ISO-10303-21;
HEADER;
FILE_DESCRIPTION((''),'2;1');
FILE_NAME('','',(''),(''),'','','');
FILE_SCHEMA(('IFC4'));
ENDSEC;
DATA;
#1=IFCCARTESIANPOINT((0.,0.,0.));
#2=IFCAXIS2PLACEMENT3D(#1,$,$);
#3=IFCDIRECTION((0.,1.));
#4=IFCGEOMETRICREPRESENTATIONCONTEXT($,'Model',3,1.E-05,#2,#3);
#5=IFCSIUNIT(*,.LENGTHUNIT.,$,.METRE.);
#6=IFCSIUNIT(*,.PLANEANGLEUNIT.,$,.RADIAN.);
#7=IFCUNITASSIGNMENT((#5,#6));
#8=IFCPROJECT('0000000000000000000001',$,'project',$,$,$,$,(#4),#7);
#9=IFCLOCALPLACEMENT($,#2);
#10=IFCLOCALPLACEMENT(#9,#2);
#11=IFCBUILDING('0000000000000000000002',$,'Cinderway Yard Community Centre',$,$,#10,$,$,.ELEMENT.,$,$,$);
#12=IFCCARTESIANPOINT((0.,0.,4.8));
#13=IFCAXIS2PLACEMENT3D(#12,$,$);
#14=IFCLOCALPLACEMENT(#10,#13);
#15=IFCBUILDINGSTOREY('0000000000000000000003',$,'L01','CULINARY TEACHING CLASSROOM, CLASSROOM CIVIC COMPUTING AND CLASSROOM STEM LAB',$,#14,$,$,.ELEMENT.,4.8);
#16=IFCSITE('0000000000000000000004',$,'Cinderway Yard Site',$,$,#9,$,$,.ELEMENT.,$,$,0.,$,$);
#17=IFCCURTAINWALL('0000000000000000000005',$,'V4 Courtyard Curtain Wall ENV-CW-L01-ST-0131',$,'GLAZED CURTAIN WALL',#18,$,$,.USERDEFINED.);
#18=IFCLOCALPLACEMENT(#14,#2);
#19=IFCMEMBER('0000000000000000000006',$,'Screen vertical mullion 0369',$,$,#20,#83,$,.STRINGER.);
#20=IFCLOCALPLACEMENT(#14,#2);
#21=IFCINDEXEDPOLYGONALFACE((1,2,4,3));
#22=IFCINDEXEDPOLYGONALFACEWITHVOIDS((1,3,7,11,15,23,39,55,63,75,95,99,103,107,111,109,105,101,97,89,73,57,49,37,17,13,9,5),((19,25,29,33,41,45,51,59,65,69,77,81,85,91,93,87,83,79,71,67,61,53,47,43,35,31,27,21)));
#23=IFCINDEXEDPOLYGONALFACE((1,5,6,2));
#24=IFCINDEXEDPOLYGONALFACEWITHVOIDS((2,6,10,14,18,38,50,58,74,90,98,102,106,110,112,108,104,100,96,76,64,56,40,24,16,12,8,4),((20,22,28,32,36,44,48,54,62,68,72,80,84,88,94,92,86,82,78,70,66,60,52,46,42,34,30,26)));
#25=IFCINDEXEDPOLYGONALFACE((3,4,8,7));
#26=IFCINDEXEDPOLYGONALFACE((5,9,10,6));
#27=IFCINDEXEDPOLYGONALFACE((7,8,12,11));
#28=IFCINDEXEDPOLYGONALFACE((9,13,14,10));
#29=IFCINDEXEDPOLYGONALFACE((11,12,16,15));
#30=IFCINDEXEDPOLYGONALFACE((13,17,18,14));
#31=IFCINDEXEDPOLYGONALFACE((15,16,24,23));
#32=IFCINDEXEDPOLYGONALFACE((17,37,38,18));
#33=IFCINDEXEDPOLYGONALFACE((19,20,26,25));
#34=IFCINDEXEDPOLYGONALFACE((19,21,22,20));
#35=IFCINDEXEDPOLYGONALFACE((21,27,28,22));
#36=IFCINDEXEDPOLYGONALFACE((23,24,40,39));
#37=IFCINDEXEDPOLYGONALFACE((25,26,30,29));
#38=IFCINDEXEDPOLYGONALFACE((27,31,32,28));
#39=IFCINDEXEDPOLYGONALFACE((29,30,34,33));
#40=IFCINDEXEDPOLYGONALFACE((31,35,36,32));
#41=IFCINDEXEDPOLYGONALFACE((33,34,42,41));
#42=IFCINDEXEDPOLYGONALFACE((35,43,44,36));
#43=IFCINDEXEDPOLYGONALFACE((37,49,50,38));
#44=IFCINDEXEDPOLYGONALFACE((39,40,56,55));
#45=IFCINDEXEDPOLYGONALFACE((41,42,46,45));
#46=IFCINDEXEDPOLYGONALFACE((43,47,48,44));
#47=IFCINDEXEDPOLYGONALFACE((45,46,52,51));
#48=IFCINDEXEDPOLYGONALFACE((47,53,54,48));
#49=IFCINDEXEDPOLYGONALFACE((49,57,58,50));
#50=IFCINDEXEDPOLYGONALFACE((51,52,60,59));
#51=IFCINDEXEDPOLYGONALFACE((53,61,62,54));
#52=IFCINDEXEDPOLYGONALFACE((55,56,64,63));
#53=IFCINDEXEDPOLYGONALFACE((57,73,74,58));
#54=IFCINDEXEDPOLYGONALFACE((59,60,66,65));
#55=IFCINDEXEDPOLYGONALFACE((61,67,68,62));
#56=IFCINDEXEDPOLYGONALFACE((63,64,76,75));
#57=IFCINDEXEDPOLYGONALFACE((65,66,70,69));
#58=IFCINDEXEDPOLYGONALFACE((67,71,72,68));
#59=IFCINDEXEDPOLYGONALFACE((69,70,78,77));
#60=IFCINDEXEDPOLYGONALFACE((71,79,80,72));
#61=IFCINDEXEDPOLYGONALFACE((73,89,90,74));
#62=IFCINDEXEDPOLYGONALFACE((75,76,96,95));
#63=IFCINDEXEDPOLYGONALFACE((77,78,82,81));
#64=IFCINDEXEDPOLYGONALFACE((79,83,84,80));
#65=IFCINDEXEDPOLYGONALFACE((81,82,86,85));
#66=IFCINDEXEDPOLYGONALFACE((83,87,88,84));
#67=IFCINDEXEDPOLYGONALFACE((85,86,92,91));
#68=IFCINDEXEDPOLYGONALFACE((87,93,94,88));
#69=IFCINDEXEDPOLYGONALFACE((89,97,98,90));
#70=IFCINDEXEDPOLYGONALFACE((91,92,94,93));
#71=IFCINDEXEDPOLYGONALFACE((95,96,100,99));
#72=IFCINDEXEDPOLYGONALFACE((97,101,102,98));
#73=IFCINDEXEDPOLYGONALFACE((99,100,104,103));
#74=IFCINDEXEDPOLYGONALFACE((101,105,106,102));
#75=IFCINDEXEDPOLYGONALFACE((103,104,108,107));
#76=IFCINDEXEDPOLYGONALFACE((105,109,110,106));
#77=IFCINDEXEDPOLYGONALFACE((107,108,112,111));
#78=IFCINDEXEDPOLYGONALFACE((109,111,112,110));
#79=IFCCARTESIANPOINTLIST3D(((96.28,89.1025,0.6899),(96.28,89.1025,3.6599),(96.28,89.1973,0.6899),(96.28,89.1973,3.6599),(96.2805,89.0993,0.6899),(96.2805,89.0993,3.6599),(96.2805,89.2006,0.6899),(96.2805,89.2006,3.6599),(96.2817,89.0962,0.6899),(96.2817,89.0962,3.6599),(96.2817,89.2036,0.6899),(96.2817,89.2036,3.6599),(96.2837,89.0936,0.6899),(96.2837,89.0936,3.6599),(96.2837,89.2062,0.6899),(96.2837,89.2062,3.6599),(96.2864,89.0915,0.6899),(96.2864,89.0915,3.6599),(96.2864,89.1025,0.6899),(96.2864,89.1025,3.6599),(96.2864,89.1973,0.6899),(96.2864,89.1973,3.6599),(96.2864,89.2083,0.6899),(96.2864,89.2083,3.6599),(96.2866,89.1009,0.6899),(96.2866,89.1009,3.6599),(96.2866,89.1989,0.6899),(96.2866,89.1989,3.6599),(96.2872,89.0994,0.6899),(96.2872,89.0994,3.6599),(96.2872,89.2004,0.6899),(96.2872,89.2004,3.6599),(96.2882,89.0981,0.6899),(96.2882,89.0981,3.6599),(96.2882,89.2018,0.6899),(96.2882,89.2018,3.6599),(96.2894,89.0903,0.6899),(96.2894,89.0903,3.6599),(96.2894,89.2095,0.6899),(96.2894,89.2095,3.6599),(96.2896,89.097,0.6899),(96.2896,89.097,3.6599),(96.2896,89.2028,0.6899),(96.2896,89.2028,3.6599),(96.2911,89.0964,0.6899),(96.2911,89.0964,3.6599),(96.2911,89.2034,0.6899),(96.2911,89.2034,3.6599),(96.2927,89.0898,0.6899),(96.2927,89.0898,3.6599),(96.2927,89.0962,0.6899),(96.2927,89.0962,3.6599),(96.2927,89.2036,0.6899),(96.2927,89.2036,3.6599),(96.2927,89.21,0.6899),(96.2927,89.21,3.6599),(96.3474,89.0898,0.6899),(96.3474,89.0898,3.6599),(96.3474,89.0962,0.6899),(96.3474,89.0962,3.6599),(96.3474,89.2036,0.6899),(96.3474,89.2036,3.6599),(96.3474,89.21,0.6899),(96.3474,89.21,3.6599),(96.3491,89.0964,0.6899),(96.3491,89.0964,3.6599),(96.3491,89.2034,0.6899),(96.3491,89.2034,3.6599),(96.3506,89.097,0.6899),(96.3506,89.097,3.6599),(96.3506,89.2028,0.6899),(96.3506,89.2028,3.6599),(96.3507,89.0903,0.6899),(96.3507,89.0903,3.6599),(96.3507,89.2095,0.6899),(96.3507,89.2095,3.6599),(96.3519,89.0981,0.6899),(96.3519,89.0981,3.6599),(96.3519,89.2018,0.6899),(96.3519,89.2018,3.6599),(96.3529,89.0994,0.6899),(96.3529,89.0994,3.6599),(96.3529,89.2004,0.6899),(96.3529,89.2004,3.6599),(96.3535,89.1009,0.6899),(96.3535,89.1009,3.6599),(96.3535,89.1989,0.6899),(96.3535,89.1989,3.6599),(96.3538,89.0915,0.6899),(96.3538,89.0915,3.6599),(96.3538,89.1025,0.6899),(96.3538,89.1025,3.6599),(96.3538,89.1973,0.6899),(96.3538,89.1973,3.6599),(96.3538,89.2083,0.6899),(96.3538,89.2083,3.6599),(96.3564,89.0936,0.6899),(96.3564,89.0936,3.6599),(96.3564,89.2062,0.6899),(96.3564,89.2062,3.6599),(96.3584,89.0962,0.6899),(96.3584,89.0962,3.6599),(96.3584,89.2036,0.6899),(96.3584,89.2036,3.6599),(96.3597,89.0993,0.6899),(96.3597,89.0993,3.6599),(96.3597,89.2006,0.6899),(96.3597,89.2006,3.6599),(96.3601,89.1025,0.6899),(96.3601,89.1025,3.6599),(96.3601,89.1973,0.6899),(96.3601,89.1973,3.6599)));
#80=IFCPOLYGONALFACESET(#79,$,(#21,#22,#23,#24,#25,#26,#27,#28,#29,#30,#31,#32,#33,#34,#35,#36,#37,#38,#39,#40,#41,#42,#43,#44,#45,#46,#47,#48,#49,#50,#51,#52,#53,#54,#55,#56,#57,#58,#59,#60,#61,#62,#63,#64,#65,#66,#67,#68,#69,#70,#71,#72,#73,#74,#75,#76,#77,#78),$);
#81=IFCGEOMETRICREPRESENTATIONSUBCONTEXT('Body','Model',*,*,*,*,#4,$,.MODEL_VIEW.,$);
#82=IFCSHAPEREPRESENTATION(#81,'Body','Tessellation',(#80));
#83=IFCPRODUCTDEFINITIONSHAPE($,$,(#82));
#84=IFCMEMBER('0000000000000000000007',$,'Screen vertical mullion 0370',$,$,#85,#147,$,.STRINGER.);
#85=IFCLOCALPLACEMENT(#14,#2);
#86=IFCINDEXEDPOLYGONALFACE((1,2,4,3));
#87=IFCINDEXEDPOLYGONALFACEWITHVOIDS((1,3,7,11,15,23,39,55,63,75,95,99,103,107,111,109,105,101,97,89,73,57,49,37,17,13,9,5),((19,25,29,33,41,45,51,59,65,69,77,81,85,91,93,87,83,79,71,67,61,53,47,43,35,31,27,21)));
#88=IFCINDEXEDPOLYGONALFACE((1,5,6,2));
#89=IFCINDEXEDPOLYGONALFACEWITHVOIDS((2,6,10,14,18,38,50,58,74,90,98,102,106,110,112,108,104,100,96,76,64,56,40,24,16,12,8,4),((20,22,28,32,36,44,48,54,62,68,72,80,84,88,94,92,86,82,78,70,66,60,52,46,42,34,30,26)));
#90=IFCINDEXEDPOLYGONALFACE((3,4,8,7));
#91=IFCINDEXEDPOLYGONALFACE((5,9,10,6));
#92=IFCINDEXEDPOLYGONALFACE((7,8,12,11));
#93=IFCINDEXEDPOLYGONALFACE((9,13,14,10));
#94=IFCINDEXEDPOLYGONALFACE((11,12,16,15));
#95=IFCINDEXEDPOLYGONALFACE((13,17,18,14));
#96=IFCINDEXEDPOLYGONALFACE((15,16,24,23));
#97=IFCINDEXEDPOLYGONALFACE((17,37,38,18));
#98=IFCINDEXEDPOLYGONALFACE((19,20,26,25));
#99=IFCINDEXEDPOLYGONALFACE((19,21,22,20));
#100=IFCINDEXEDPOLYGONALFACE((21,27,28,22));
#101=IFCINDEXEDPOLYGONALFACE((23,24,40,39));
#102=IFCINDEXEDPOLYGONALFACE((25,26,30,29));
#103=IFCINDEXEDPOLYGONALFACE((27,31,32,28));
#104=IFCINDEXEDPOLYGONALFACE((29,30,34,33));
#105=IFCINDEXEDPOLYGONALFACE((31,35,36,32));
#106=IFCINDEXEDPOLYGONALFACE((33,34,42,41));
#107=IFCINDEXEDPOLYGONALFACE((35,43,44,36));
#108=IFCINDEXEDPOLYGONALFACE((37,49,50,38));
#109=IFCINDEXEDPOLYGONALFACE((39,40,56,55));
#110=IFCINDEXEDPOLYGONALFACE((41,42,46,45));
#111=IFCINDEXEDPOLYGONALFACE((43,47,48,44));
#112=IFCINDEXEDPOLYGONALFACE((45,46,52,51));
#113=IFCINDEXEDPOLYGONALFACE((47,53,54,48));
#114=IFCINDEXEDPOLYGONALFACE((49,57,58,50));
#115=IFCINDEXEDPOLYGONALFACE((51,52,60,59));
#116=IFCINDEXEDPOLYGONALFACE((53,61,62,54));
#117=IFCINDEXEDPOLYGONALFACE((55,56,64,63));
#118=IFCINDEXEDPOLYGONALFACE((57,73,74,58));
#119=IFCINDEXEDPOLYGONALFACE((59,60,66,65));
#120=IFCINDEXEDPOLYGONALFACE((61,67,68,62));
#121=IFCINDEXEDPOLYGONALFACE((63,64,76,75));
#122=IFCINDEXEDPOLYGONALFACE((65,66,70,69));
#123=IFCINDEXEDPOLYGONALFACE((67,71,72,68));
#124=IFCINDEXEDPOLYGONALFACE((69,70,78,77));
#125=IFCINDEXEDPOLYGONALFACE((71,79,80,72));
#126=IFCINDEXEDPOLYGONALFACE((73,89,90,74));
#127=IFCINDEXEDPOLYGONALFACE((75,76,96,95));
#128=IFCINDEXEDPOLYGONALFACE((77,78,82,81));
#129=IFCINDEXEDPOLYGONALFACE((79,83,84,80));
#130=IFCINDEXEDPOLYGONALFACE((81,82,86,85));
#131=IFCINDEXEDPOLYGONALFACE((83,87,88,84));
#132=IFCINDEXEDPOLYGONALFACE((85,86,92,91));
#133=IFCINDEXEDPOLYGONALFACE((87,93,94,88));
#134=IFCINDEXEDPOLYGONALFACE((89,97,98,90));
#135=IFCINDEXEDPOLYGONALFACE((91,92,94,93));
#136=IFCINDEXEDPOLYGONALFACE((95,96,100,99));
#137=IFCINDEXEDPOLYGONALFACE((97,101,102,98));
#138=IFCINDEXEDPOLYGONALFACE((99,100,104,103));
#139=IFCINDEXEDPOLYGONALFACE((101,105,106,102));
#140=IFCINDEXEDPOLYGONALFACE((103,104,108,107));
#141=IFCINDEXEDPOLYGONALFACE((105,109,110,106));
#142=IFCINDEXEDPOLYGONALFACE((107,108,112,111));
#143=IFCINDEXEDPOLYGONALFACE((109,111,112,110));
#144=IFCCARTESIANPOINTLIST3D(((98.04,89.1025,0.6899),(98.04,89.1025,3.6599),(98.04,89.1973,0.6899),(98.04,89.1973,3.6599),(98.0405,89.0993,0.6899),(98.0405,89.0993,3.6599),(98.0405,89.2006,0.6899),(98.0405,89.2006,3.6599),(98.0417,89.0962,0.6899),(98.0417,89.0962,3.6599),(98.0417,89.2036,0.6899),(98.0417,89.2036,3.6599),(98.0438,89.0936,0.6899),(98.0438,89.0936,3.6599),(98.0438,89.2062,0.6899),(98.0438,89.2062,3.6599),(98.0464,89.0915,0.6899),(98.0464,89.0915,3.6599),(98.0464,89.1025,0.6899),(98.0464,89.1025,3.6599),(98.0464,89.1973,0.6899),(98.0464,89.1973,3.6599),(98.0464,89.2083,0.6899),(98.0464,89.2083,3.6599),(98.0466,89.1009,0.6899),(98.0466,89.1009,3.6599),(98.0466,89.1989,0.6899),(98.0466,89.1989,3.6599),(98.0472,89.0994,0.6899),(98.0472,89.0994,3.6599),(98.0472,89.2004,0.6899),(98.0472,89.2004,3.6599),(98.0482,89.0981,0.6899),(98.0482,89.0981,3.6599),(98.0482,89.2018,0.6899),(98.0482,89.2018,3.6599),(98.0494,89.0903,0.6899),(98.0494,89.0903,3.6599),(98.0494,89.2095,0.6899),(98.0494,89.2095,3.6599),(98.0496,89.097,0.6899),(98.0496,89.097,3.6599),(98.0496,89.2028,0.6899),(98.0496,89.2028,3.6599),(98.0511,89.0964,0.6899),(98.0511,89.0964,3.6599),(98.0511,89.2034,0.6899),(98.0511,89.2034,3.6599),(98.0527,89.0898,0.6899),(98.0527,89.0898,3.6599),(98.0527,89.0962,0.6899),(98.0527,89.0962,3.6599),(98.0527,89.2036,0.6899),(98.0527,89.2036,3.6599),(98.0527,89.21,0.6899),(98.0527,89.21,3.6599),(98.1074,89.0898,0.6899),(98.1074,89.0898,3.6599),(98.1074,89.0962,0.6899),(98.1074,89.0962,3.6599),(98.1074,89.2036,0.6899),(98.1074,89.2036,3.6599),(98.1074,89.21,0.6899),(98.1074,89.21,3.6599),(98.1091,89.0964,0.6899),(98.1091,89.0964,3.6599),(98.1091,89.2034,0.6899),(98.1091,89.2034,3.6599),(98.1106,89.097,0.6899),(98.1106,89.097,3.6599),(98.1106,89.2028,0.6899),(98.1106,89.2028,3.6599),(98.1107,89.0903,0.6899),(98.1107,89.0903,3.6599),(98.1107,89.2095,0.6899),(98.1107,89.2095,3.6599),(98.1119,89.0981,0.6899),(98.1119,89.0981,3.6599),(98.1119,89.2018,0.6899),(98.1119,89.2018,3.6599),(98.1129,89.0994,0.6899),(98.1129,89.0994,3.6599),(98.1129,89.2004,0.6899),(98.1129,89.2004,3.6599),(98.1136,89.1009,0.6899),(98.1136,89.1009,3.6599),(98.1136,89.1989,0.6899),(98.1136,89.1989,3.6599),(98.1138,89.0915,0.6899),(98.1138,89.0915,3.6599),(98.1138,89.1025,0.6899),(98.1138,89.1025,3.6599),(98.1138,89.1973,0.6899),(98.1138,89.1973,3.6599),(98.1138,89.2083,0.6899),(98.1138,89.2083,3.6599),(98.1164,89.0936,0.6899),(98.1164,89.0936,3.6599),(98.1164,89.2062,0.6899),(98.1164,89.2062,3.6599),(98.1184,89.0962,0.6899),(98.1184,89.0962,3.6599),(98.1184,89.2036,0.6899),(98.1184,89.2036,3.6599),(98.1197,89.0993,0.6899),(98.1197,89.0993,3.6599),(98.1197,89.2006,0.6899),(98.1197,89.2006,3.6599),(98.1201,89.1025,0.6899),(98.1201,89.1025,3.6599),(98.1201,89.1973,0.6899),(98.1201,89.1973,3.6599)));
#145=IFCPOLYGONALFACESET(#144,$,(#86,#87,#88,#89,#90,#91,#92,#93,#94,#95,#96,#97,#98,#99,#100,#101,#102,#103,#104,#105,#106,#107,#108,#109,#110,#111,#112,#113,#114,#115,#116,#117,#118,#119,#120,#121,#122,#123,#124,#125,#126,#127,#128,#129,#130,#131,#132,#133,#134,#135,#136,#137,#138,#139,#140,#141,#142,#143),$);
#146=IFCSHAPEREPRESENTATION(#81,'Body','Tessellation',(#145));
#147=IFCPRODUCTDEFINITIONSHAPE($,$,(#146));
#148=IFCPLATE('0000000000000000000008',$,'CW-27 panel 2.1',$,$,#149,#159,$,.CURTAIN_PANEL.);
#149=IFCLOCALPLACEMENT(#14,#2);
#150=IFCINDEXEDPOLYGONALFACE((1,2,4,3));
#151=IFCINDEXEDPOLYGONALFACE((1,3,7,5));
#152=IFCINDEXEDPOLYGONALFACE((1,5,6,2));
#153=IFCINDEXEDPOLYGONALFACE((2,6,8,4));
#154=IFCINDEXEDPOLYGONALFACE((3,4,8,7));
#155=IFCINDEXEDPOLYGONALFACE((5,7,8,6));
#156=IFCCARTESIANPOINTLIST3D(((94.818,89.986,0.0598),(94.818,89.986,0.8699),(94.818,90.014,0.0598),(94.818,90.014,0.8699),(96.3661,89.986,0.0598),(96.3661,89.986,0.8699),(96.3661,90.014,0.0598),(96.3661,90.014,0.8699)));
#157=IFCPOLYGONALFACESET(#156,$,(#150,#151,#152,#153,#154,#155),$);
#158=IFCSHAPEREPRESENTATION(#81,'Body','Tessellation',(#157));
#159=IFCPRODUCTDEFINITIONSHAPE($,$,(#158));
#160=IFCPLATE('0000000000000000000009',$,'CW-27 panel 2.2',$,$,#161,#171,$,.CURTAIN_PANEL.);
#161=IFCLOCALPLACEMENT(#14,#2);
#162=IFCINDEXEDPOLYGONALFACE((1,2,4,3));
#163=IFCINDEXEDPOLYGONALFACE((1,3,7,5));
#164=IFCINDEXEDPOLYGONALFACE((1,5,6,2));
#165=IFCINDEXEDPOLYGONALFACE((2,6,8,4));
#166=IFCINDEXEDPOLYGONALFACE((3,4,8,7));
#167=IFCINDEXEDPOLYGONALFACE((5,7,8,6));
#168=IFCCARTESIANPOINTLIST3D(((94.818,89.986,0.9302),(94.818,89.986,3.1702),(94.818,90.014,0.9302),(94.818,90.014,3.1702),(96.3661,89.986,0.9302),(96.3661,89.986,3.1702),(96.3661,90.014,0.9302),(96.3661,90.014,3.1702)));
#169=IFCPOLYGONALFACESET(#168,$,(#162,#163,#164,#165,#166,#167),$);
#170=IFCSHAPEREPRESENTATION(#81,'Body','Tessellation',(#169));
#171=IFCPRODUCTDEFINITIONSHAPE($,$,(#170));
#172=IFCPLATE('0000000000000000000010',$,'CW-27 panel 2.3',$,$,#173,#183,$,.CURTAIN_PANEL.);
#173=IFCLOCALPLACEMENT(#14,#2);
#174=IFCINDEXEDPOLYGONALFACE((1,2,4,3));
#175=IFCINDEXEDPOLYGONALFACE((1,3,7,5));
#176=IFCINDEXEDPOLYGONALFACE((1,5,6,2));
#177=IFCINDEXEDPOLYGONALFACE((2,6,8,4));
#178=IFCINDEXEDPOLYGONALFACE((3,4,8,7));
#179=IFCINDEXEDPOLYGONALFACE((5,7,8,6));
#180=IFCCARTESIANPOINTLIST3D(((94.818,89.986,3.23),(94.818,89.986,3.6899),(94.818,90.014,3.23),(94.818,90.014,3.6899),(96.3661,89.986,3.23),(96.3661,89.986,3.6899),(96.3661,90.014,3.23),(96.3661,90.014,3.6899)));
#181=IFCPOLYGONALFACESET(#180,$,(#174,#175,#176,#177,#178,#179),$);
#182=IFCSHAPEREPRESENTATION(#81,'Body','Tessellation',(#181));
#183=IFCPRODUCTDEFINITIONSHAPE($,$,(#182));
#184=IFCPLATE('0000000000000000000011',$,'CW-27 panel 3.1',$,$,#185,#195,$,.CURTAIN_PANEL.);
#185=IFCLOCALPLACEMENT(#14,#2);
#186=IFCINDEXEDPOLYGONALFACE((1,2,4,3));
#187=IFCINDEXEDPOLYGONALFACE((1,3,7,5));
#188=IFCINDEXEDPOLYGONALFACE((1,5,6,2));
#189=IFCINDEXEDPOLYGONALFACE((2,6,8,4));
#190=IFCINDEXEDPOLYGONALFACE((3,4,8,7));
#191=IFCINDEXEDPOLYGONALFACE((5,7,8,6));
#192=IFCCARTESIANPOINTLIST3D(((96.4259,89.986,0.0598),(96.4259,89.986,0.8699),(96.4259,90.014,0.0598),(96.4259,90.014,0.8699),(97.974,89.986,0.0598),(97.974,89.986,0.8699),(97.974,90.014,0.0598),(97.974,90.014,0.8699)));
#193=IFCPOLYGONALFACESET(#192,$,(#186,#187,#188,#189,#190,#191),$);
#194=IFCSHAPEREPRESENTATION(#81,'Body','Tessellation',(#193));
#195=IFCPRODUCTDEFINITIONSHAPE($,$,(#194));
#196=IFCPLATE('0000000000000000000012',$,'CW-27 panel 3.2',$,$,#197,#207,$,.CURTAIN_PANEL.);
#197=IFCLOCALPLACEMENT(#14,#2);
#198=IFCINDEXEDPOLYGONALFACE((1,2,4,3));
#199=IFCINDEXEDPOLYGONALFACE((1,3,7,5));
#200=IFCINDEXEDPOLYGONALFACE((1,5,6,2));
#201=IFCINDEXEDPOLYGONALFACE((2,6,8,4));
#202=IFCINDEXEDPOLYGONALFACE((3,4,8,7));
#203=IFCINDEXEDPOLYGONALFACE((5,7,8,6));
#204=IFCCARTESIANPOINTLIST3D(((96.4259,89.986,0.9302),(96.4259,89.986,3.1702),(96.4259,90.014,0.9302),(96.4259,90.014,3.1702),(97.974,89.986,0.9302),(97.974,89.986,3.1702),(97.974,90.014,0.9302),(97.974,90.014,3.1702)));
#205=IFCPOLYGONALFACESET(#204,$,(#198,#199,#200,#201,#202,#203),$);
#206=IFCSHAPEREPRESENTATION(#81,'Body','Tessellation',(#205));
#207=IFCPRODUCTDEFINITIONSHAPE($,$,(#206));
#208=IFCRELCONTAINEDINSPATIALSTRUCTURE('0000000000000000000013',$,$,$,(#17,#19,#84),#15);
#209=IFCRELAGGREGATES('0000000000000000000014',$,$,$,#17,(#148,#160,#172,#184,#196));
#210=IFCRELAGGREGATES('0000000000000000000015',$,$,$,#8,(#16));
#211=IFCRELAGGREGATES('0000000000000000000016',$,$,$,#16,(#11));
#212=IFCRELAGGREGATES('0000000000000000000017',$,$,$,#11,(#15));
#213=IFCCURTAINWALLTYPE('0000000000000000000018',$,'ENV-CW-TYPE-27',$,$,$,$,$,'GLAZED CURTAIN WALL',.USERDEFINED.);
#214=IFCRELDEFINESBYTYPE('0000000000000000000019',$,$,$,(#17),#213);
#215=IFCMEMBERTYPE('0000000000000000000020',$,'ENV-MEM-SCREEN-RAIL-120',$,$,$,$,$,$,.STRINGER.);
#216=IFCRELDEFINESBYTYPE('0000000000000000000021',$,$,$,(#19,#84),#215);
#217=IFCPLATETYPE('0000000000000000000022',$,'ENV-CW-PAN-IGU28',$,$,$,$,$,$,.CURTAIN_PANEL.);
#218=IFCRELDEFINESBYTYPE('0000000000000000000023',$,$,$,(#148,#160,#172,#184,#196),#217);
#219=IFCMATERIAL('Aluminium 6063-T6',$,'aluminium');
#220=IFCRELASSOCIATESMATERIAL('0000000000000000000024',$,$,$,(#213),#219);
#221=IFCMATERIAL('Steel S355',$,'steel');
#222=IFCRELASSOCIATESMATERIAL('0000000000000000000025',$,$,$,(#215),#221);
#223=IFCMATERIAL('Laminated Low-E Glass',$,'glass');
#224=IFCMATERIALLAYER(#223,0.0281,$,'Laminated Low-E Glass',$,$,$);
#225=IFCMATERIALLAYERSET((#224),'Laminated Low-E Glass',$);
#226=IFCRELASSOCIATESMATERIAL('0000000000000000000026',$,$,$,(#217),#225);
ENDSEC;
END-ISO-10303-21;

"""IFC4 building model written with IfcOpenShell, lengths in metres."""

from ifc_helpers import new_model, si_unit, direction, frame, origin, origin_2d, place, context, subcontext, project, spatial, rectangle, hollow_rectangle, extrude, material, layer, layer_set, material_profile, profile_set, type_object, element, aggregate, save


model = new_model("IFC4")

# Units and contexts
model_context = context("Model", 3, precision=1e-05, world=origin(), true_north=direction((0.0, 1.0)))
body_context = subcontext(model_context, "Body", "Model", "MODEL_VIEW")
ifc_project = project(units=[si_unit("LENGTHUNIT", "METRE"), si_unit("PLANEANGLEUNIT", "RADIAN")], contexts=[model_context])

# Site, building, storey
site_placement = place(None, origin())
site = spatial("IfcSite", under=ifc_project, at=site_placement, Name="Cinderway Yard Site", CompositionType="ELEMENT", RefElevation=0.0)
building_placement = place(site_placement, origin())
building = spatial("IfcBuilding", under=site, at=building_placement, Name="Cinderway Yard Community Centre", CompositionType="ELEMENT")
storey_placement = place(building_placement, frame((0.0, 0.0, 4.8)))
storey = spatial("IfcBuildingStorey", under=building, at=storey_placement, Name="L01", Description="CULINARY TEACHING CLASSROOM, CLASSROOM CIVIC COMPUTING AND CLASSROOM STEM LAB", CompositionType="ELEMENT", Elevation=4.8)

# Curtain wall
ifc_material_1 = material(Name="Aluminium 6063-T6", Category="aluminium")
curtain_wall_type = type_object("IfcCurtainWallType", Name="ENV-CW-TYPE-27", ElementType="GLAZED CURTAIN WALL", PredefinedType="USERDEFINED", material=ifc_material_1)
curtain_wall_placement = place(storey_placement, origin())
curtain_wall = element("IfcCurtainWall", 1, at=curtain_wall_placement, inside=storey, type_object=curtain_wall_type, Name="V4 Courtyard Curtain Wall ENV-CW-L01-ST-0131", ObjectType="GLAZED CURTAIN WALL", PredefinedType="USERDEFINED")

# Members
ifc_material_2 = material(Name="Steel S355", Category="steel")
ifc_material_profile_1 = material_profile(ifc_material_2, hollow_rectangle(XDim=0.0801, YDim=0.1201, WallThickness=0.0063, InnerFilletRadius=0.0063, OuterFilletRadius=0.0127, at=origin_2d()), Name="Steel S355")
ifc_profile_set_1 = profile_set([ifc_material_profile_1], Name="Steel S355")
member_type_1 = type_object("IfcMemberType", Name="ENV-MEM-SCREEN-RAIL-120", PredefinedType="STRINGER", material=ifc_profile_set_1)
for number, where, z_axis, x_axis, name in (
    (2, (96.3201, 89.1499, 0.6899), (0.0, 0.0, 1.0), (1.0, 0.0, 0.0), "Screen vertical mullion 0369"),
    (3, (98.0801, 89.1499, 0.6899), (0.0, 0.0, 1.0), (1.0, 0.0, 0.0), "Screen vertical mullion 0370"),
):
    element("IfcMember", number, at=place(storey_placement, frame(where, z_axis=z_axis, x_axis=x_axis)), inside=storey, type_object=member_type_1, Name=name, PredefinedType="STRINGER", context=body_context, shape_type="SweptSolid", body=[
        extrude(hollow_rectangle(XDim=0.0801, YDim=0.1201, WallThickness=0.0063, InnerFilletRadius=0.0063, OuterFilletRadius=0.0127, at=origin_2d()), origin(), (0.0, 0.0, 1.0), 2.97),
    ])

# Plates
ifc_material_3 = material(Name="Laminated Low-E Glass", Category="glass")
ifc_layer_1 = layer(ifc_material_3, 0.0281, Name="Laminated Low-E Glass")
ifc_layer_set_1 = layer_set([ifc_layer_1], Name="Laminated Low-E Glass")
plate_type_1 = type_object("IfcPlateType", Name="ENV-CW-PAN-IGU28", PredefinedType="CURTAIN_PANEL", material=ifc_layer_set_1)
plate_1_placement = place(storey_placement, frame((95.592, 90.0, 0.0598), z_axis=(0.0, 0.0, 1.0), x_axis=(1.0, 0.0, 0.0)))
plate_1 = element("IfcPlate", 4, at=plate_1_placement, type_object=plate_type_1, Name="CW-27 panel 2.1", PredefinedType="CURTAIN_PANEL", context=body_context, shape_type="SweptSolid", body=[
    extrude(rectangle(XDim=1.5481, YDim=0.0281, at=origin_2d()), origin(), (0.0, 0.0, 1.0), 0.8101),
])
plate_2_placement = place(storey_placement, frame((95.592, 90.0, 0.9302), z_axis=(0.0, 0.0, 1.0), x_axis=(1.0, 0.0, 0.0)))
plate_2 = element("IfcPlate", 5, at=plate_2_placement, type_object=plate_type_1, Name="CW-27 panel 2.2", PredefinedType="CURTAIN_PANEL", context=body_context, shape_type="SweptSolid", body=[
    extrude(rectangle(XDim=1.5481, YDim=0.0281, at=origin_2d()), origin(), (0.0, 0.0, 1.0), 2.24),
])
plate_3_placement = place(storey_placement, frame((95.592, 90.0, 3.23), z_axis=(0.0, 0.0, 1.0), x_axis=(1.0, 0.0, 0.0)))
plate_3 = element("IfcPlate", 6, at=plate_3_placement, type_object=plate_type_1, Name="CW-27 panel 2.3", PredefinedType="CURTAIN_PANEL", context=body_context, shape_type="SweptSolid", body=[
    extrude(rectangle(XDim=1.5481, YDim=0.0281, at=origin_2d()), origin(), (0.0, 0.0, 1.0), 0.46),
])
plate_4_placement = place(storey_placement, frame((97.2, 90.0, 0.0598), z_axis=(0.0, 0.0, 1.0), x_axis=(1.0, 0.0, 0.0)))
plate_4 = element("IfcPlate", 7, at=plate_4_placement, type_object=plate_type_1, Name="CW-27 panel 3.1", PredefinedType="CURTAIN_PANEL", context=body_context, shape_type="SweptSolid", body=[
    extrude(rectangle(XDim=1.5481, YDim=0.0281, at=origin_2d()), origin(), (0.0, 0.0, 1.0), 0.8101),
])
plate_5_placement = place(storey_placement, frame((97.2, 90.0, 0.9302), z_axis=(0.0, 0.0, 1.0), x_axis=(1.0, 0.0, 0.0)))
plate_5 = element("IfcPlate", 8, at=plate_5_placement, type_object=plate_type_1, Name="CW-27 panel 3.2", PredefinedType="CURTAIN_PANEL", context=body_context, shape_type="SweptSolid", body=[
    extrude(rectangle(XDim=1.5481, YDim=0.0281, at=origin_2d()), origin(), (0.0, 0.0, 1.0), 2.24),
])
aggregate(curtain_wall, [plate_1, plate_2, plate_3, plate_4, plate_5])

save(model, "model.ifc")
